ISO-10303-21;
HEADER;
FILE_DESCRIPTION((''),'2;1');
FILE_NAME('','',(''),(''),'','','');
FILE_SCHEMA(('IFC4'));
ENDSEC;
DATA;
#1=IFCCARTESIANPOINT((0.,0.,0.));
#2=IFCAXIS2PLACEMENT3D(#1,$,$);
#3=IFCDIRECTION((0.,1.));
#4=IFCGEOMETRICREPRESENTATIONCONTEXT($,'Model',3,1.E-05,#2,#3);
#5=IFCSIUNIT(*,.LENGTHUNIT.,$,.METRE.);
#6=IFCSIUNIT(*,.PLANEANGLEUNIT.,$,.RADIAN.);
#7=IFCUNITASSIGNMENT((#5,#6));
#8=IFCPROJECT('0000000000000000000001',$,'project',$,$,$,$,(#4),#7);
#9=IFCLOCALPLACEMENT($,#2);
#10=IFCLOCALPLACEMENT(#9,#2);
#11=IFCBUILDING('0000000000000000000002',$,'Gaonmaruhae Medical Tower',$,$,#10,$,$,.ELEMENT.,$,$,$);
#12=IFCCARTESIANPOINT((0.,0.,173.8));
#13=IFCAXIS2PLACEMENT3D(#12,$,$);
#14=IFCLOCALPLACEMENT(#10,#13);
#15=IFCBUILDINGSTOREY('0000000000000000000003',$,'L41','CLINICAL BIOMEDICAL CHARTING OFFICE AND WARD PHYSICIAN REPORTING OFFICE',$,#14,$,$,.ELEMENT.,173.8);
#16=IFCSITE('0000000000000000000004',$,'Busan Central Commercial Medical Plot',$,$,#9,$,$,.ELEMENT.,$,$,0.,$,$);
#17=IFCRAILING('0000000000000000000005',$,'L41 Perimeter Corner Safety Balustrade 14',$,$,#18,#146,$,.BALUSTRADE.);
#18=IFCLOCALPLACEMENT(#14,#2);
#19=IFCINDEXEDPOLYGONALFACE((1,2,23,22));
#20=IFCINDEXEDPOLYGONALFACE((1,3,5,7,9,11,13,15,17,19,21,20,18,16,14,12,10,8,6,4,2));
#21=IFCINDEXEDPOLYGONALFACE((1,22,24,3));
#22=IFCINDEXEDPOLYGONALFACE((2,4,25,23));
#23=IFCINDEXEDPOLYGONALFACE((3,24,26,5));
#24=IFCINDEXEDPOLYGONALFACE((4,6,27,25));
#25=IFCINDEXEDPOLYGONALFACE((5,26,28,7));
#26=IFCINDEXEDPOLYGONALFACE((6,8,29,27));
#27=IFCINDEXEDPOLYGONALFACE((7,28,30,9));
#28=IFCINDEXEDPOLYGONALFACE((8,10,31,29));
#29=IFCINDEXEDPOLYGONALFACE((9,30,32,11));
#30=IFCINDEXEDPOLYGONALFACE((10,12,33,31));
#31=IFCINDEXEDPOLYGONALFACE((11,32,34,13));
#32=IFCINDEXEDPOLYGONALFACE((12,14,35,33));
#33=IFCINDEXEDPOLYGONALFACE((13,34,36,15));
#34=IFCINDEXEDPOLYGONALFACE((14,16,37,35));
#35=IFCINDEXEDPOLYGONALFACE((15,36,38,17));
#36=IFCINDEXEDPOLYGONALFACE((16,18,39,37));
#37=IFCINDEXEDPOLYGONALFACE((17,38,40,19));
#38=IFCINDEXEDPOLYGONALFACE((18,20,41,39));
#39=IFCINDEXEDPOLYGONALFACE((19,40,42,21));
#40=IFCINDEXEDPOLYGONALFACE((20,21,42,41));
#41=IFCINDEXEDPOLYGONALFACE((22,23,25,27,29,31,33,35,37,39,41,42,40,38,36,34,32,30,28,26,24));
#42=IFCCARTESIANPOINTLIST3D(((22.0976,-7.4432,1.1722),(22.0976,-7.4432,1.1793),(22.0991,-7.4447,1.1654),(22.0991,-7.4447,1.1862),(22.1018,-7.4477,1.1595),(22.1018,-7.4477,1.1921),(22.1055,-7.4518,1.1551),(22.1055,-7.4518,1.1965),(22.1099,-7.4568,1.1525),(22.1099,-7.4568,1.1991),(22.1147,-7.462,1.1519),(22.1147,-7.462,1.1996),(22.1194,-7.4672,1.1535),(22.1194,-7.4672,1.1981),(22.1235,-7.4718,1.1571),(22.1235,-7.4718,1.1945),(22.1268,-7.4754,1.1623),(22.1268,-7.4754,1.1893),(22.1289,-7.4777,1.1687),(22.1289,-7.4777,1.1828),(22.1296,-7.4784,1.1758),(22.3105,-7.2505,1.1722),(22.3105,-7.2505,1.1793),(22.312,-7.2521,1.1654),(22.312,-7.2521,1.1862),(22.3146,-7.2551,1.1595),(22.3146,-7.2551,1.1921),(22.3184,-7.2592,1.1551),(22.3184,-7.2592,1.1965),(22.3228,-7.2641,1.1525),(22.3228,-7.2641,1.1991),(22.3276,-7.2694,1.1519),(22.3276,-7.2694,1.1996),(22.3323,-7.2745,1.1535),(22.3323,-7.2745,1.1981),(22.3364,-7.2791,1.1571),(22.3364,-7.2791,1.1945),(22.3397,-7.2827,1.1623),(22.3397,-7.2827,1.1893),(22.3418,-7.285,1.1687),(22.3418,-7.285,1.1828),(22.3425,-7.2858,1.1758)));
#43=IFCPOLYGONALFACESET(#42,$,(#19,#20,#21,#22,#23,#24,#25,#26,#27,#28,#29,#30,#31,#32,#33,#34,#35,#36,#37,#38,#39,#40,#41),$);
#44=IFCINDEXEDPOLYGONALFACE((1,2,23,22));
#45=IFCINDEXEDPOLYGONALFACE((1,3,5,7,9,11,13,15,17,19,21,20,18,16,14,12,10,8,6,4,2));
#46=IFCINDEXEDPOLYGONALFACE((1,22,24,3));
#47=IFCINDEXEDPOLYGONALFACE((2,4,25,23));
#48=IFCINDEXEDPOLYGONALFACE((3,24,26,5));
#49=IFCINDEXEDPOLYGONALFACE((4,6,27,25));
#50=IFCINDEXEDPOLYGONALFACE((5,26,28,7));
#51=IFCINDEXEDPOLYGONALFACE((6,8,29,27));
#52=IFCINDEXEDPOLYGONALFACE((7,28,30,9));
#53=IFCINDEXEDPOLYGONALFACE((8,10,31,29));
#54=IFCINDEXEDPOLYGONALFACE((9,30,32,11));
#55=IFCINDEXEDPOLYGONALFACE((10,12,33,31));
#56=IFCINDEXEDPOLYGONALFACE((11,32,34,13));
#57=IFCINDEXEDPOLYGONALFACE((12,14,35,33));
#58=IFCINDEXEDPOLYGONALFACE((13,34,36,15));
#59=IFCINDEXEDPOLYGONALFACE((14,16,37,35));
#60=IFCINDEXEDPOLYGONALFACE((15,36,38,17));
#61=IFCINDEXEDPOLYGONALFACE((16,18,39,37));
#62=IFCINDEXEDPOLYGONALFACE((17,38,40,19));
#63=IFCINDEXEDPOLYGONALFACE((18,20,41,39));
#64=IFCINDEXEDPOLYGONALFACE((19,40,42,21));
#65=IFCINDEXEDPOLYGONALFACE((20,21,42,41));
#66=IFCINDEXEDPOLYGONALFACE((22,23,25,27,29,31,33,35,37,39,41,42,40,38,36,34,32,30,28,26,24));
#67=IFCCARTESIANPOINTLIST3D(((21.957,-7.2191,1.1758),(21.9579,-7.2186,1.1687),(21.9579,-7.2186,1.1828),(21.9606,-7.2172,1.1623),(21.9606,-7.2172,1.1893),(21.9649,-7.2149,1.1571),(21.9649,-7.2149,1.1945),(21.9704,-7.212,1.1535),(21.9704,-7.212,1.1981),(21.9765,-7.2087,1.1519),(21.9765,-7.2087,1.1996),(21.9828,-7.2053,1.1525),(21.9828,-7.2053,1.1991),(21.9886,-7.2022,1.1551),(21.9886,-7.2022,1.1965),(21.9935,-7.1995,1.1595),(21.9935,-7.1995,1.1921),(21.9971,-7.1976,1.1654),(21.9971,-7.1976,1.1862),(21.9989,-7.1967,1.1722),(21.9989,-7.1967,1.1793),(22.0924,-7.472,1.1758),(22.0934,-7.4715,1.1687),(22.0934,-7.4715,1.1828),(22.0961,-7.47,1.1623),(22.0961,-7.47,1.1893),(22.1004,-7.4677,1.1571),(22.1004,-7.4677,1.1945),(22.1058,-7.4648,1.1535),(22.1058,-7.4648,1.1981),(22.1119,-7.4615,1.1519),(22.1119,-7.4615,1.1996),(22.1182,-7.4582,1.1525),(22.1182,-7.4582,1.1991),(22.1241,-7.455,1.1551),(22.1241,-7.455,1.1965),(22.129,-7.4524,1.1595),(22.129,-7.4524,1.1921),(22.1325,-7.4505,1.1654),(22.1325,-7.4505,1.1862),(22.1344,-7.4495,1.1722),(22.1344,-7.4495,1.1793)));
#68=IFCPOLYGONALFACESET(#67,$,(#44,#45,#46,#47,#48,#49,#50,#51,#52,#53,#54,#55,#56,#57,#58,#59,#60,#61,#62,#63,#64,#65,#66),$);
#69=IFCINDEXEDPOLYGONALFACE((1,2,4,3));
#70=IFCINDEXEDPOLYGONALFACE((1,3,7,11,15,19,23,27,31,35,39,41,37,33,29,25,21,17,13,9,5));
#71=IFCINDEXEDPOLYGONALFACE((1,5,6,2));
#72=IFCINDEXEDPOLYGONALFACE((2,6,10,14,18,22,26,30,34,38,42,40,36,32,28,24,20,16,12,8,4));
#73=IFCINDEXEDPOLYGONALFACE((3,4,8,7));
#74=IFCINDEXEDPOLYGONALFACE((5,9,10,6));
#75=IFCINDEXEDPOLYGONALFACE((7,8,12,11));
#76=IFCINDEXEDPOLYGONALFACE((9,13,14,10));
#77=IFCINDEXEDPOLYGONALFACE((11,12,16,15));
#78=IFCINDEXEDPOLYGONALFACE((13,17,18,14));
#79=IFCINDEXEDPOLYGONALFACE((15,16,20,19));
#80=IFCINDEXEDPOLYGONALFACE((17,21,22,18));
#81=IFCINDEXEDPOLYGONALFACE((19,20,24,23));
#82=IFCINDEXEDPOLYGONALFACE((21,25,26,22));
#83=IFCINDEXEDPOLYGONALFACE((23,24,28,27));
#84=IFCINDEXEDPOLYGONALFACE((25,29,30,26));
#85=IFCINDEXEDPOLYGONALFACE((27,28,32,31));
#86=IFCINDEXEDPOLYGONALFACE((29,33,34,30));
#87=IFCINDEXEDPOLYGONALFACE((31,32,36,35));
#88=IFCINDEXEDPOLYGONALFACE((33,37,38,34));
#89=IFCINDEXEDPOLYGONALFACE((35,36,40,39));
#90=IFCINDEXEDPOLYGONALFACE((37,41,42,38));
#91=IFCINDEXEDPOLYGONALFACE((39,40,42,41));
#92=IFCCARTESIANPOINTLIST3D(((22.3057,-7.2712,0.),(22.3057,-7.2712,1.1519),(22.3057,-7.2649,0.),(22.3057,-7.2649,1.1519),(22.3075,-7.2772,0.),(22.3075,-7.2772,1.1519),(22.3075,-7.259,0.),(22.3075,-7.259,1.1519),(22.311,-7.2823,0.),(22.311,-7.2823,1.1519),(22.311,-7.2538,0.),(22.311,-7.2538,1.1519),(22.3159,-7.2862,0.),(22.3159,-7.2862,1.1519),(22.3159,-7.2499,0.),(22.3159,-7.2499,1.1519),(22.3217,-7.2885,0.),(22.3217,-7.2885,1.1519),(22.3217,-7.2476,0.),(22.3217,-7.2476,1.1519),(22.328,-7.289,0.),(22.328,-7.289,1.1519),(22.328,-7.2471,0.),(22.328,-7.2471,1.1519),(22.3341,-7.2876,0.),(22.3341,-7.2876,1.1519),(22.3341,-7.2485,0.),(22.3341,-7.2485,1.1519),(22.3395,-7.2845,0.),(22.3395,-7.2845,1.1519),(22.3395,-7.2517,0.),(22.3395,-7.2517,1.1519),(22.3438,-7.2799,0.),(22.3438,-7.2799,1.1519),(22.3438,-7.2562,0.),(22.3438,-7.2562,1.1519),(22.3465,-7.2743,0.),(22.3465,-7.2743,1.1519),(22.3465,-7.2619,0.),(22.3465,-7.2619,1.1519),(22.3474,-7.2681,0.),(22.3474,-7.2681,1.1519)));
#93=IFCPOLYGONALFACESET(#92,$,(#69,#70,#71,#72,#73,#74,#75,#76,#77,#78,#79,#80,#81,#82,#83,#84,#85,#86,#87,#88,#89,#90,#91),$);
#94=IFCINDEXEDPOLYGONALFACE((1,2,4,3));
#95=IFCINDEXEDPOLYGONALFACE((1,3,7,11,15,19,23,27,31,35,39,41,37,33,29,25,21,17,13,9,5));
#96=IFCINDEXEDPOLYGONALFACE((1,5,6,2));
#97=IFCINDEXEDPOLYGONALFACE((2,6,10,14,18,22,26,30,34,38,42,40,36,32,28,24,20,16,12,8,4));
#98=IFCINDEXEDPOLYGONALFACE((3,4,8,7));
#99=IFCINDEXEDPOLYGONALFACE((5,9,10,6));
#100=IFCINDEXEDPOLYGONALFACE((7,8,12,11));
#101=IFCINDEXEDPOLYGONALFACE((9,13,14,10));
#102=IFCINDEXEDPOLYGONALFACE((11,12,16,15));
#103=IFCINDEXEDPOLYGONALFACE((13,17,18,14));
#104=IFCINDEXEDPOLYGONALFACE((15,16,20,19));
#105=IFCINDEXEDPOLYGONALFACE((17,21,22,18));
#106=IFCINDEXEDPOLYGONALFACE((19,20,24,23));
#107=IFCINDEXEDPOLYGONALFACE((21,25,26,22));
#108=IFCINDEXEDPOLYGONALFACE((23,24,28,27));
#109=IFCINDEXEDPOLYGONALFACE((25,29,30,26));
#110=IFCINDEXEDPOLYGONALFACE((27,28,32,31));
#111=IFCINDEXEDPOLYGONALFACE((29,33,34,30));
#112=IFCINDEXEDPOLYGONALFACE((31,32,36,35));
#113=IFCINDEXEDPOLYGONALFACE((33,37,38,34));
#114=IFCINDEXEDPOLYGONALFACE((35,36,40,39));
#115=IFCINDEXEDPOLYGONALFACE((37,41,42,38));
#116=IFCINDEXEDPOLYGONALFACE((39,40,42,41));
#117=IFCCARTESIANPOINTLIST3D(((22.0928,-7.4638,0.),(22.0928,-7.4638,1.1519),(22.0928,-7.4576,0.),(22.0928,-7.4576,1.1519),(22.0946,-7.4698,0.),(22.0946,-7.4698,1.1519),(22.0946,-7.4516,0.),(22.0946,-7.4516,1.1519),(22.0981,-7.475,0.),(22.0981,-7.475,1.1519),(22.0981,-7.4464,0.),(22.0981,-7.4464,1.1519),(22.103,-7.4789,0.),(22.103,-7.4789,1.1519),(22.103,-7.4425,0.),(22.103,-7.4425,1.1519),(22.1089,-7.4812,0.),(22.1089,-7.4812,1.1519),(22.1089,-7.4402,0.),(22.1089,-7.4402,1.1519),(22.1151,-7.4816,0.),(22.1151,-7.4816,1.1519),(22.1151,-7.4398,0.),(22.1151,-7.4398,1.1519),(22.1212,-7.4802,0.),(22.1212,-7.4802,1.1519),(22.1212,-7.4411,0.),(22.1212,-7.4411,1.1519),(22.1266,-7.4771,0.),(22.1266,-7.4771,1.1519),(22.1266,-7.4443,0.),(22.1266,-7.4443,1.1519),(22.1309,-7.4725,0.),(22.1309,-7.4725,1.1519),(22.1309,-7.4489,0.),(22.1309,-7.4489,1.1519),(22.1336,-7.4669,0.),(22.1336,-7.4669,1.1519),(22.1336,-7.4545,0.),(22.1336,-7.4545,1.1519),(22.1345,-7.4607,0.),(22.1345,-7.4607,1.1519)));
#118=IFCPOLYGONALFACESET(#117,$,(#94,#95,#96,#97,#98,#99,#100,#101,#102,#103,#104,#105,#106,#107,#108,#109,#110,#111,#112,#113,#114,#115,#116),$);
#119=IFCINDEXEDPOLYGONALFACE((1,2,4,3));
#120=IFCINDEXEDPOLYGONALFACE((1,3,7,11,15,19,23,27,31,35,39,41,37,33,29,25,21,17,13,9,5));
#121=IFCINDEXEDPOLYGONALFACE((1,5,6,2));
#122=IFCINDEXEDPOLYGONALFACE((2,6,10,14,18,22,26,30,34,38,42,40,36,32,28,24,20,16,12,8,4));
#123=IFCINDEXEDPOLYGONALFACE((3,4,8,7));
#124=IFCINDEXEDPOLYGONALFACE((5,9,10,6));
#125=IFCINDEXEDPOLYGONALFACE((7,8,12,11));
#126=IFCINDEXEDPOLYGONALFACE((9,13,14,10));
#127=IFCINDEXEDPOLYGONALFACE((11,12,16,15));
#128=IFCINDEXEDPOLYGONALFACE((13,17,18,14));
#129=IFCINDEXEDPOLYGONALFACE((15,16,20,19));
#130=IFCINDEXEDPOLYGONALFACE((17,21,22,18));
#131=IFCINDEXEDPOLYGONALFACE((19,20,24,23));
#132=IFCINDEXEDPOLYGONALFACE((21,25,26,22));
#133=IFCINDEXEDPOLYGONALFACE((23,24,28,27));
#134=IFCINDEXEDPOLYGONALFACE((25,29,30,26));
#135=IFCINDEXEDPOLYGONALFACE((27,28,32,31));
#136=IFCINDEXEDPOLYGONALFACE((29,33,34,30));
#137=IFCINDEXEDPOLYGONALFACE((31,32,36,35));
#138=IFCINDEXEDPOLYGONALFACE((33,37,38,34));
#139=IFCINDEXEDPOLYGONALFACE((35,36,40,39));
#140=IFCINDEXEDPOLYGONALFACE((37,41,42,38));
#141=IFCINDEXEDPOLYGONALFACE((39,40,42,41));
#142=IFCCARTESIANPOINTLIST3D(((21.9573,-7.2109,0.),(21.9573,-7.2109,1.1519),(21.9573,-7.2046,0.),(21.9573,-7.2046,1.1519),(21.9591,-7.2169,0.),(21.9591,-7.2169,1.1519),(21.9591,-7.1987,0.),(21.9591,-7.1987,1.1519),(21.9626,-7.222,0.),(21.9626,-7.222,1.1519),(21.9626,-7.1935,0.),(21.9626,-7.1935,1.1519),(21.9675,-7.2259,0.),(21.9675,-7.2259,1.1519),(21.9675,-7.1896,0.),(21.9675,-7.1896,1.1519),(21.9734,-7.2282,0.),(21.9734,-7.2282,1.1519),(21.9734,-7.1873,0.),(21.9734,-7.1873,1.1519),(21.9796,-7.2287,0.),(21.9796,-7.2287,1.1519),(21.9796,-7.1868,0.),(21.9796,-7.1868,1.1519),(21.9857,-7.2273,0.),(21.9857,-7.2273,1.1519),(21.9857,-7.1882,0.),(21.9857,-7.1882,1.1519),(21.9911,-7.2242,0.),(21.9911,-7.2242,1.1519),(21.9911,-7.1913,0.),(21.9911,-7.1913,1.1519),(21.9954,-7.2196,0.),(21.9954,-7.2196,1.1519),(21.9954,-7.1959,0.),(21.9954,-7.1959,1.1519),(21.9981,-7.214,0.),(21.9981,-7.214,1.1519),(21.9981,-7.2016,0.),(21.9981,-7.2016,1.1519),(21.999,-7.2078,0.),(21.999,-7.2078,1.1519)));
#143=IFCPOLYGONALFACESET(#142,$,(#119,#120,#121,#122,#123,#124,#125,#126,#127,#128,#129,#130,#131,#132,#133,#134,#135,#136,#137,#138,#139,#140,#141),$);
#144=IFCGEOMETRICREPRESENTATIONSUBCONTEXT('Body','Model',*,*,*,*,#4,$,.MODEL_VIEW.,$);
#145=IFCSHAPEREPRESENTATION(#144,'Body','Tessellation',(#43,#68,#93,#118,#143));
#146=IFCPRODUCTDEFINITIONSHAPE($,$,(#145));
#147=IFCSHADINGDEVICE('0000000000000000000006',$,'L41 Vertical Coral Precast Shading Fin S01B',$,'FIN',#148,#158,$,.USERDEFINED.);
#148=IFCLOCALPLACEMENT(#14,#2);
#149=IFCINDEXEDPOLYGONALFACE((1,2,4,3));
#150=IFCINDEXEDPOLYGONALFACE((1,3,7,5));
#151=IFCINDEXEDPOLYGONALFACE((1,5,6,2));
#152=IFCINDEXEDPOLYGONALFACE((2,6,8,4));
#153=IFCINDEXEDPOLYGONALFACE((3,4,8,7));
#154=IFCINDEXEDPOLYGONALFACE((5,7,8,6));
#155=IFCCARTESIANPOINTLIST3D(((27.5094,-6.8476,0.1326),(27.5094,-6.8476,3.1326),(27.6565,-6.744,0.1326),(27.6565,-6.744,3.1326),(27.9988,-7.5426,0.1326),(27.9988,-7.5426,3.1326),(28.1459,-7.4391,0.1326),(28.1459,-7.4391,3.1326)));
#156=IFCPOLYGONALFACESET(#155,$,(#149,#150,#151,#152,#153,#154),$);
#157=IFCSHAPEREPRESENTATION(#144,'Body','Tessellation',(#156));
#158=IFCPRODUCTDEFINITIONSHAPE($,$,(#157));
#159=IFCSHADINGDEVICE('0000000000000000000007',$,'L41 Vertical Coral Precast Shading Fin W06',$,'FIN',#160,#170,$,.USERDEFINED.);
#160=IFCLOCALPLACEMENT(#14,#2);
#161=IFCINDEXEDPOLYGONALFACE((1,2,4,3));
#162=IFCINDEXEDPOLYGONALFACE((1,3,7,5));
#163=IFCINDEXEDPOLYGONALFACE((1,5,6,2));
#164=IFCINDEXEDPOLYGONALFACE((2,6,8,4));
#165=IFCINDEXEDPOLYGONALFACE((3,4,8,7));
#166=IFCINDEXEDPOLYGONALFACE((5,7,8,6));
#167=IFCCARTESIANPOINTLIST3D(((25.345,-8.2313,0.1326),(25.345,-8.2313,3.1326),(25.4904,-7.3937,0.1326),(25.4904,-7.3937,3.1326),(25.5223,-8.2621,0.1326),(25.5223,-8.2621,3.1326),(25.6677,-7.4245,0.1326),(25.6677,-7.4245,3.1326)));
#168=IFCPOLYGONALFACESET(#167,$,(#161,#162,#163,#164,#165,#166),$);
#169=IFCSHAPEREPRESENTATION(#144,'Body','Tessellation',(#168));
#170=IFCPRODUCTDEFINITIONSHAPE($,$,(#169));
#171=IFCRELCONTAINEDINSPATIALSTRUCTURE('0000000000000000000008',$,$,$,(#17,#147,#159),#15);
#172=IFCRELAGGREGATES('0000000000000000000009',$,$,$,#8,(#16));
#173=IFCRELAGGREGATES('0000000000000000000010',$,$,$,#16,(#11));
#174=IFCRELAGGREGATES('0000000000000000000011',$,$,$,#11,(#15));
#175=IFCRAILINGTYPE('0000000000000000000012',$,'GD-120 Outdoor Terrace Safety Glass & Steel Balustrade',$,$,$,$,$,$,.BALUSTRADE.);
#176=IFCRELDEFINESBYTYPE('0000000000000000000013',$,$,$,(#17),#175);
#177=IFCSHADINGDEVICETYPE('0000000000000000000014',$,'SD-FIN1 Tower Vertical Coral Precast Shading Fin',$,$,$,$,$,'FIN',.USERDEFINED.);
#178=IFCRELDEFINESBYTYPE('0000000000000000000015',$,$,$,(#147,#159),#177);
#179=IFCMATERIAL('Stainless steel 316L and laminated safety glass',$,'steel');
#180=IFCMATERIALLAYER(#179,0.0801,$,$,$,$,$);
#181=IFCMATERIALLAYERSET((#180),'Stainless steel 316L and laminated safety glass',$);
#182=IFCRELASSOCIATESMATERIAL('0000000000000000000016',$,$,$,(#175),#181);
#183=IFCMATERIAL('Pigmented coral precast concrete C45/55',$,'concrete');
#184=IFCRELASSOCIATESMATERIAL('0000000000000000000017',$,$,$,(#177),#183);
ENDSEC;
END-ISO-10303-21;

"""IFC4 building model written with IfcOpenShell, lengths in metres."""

from ifc_helpers import new_model, si_unit, direction, frame, origin, origin_2d, place, context, subcontext, project, spatial, rectangle, circle, extrude, material, layer, layer_set, type_object, element, save


model = new_model("IFC4")

# Units and contexts
model_context = context("Model", 3, precision=1e-05, world=origin(), true_north=direction((0.0, 1.0)))
body_context = subcontext(model_context, "Body", "Model", "MODEL_VIEW")
ifc_project = project(units=[si_unit("LENGTHUNIT", "METRE"), si_unit("PLANEANGLEUNIT", "RADIAN")], contexts=[model_context])

# Site, building, storey
site_placement = place(None, origin())
site = spatial("IfcSite", under=ifc_project, at=site_placement, Name="Busan Central Commercial Medical Plot", CompositionType="ELEMENT", RefElevation=0.0)
building_placement = place(site_placement, origin())
building = spatial("IfcBuilding", under=site, at=building_placement, Name="Gaonmaruhae Medical Tower", CompositionType="ELEMENT")
storey_placement = place(building_placement, frame((0.0, 0.0, 173.8)))
storey = spatial("IfcBuildingStorey", under=building, at=storey_placement, Name="L41", Description="CLINICAL BIOMEDICAL CHARTING OFFICE AND WARD PHYSICIAN REPORTING OFFICE", CompositionType="ELEMENT", Elevation=173.8)

# Railing
ifc_material_1 = material(Name="Stainless steel 316L and laminated safety glass", Category="steel")
ifc_layer_1 = layer(ifc_material_1, 0.0801)
ifc_layer_set_1 = layer_set([ifc_layer_1], Name="Stainless steel 316L and laminated safety glass")
railing_type = type_object("IfcRailingType", Name="GD-120 Outdoor Terrace Safety Glass & Steel Balustrade", PredefinedType="BALUSTRADE", material=ifc_layer_set_1)
railing_1_placement = place(storey_placement, frame((22.3264, -7.2681, 0.0)))
element("IfcRailing", 1, at=railing_1_placement, inside=storey, type_object=railing_type, Name="L41 Perimeter Corner Safety Balustrade 14", PredefinedType="BALUSTRADE", context=body_context, shape_type="SweptSolid", body=[
    extrude(circle(Radius=0.0239, at=origin_2d()), frame((0.0, 0.0, 1.1758), z_axis=(-0.741516, -0.670936, 0.0), x_axis=(0.670936, -0.741516, 0.0)), (0.0, 0.0, 1.0), 0.2871),
    extrude(circle(Radius=0.0239, at=origin_2d()), frame((-0.2129, -0.1926, 1.1758), z_axis=(-0.472221, 0.88148, 0.0), x_axis=(-0.88148, -0.472221, 0.0)), (0.0, 0.0, 1.0), 0.2869),
    extrude(circle(Radius=0.021, at=origin_2d()), origin(), (0.0, 0.0, 1.0), 1.1519),
    extrude(circle(Radius=0.021, at=origin_2d()), frame((-0.2129, -0.1926, 0.0)), (0.0, 0.0, 1.0), 1.1519),
    extrude(circle(Radius=0.021, at=origin_2d()), frame((-0.3484, 0.0603, 0.0)), (0.0, 0.0, 1.0), 1.1519),
])

# Shading devices
ifc_material_2 = material(Name="Pigmented coral precast concrete C45/55", Category="concrete")
shading_device_type = type_object("IfcShadingDeviceType", Name="SD-FIN1 Tower Vertical Coral Precast Shading Fin", ElementType="FIN", PredefinedType="USERDEFINED", material=ifc_material_2)
for number, where, z_axis, x_axis, name in (
    (2, (27.8276, -7.1433, 0.1326), (0.0, 0.0, 1.0), (-0.817648, -0.575719, 0.0), "L41 Vertical Coral Precast Shading Fin S01B"),
    (3, (25.5063, -7.8279, 0.1326), (0.0, 0.0, 1.0), (-0.985262, 0.171052, 0.0), "L41 Vertical Coral Precast Shading Fin W06"),
):
    element("IfcShadingDevice", number, at=place(storey_placement, frame(where, z_axis=z_axis, x_axis=x_axis)), inside=storey, type_object=shading_device_type, Name=name, ObjectType="FIN", PredefinedType="USERDEFINED", context=body_context, shape_type="SweptSolid", body=[
        extrude(rectangle(XDim=0.1799, YDim=0.8501, at=origin_2d()), origin(), (0.0, 0.0, 1.0), 3.0),
    ])

save(model, "model.ifc")
